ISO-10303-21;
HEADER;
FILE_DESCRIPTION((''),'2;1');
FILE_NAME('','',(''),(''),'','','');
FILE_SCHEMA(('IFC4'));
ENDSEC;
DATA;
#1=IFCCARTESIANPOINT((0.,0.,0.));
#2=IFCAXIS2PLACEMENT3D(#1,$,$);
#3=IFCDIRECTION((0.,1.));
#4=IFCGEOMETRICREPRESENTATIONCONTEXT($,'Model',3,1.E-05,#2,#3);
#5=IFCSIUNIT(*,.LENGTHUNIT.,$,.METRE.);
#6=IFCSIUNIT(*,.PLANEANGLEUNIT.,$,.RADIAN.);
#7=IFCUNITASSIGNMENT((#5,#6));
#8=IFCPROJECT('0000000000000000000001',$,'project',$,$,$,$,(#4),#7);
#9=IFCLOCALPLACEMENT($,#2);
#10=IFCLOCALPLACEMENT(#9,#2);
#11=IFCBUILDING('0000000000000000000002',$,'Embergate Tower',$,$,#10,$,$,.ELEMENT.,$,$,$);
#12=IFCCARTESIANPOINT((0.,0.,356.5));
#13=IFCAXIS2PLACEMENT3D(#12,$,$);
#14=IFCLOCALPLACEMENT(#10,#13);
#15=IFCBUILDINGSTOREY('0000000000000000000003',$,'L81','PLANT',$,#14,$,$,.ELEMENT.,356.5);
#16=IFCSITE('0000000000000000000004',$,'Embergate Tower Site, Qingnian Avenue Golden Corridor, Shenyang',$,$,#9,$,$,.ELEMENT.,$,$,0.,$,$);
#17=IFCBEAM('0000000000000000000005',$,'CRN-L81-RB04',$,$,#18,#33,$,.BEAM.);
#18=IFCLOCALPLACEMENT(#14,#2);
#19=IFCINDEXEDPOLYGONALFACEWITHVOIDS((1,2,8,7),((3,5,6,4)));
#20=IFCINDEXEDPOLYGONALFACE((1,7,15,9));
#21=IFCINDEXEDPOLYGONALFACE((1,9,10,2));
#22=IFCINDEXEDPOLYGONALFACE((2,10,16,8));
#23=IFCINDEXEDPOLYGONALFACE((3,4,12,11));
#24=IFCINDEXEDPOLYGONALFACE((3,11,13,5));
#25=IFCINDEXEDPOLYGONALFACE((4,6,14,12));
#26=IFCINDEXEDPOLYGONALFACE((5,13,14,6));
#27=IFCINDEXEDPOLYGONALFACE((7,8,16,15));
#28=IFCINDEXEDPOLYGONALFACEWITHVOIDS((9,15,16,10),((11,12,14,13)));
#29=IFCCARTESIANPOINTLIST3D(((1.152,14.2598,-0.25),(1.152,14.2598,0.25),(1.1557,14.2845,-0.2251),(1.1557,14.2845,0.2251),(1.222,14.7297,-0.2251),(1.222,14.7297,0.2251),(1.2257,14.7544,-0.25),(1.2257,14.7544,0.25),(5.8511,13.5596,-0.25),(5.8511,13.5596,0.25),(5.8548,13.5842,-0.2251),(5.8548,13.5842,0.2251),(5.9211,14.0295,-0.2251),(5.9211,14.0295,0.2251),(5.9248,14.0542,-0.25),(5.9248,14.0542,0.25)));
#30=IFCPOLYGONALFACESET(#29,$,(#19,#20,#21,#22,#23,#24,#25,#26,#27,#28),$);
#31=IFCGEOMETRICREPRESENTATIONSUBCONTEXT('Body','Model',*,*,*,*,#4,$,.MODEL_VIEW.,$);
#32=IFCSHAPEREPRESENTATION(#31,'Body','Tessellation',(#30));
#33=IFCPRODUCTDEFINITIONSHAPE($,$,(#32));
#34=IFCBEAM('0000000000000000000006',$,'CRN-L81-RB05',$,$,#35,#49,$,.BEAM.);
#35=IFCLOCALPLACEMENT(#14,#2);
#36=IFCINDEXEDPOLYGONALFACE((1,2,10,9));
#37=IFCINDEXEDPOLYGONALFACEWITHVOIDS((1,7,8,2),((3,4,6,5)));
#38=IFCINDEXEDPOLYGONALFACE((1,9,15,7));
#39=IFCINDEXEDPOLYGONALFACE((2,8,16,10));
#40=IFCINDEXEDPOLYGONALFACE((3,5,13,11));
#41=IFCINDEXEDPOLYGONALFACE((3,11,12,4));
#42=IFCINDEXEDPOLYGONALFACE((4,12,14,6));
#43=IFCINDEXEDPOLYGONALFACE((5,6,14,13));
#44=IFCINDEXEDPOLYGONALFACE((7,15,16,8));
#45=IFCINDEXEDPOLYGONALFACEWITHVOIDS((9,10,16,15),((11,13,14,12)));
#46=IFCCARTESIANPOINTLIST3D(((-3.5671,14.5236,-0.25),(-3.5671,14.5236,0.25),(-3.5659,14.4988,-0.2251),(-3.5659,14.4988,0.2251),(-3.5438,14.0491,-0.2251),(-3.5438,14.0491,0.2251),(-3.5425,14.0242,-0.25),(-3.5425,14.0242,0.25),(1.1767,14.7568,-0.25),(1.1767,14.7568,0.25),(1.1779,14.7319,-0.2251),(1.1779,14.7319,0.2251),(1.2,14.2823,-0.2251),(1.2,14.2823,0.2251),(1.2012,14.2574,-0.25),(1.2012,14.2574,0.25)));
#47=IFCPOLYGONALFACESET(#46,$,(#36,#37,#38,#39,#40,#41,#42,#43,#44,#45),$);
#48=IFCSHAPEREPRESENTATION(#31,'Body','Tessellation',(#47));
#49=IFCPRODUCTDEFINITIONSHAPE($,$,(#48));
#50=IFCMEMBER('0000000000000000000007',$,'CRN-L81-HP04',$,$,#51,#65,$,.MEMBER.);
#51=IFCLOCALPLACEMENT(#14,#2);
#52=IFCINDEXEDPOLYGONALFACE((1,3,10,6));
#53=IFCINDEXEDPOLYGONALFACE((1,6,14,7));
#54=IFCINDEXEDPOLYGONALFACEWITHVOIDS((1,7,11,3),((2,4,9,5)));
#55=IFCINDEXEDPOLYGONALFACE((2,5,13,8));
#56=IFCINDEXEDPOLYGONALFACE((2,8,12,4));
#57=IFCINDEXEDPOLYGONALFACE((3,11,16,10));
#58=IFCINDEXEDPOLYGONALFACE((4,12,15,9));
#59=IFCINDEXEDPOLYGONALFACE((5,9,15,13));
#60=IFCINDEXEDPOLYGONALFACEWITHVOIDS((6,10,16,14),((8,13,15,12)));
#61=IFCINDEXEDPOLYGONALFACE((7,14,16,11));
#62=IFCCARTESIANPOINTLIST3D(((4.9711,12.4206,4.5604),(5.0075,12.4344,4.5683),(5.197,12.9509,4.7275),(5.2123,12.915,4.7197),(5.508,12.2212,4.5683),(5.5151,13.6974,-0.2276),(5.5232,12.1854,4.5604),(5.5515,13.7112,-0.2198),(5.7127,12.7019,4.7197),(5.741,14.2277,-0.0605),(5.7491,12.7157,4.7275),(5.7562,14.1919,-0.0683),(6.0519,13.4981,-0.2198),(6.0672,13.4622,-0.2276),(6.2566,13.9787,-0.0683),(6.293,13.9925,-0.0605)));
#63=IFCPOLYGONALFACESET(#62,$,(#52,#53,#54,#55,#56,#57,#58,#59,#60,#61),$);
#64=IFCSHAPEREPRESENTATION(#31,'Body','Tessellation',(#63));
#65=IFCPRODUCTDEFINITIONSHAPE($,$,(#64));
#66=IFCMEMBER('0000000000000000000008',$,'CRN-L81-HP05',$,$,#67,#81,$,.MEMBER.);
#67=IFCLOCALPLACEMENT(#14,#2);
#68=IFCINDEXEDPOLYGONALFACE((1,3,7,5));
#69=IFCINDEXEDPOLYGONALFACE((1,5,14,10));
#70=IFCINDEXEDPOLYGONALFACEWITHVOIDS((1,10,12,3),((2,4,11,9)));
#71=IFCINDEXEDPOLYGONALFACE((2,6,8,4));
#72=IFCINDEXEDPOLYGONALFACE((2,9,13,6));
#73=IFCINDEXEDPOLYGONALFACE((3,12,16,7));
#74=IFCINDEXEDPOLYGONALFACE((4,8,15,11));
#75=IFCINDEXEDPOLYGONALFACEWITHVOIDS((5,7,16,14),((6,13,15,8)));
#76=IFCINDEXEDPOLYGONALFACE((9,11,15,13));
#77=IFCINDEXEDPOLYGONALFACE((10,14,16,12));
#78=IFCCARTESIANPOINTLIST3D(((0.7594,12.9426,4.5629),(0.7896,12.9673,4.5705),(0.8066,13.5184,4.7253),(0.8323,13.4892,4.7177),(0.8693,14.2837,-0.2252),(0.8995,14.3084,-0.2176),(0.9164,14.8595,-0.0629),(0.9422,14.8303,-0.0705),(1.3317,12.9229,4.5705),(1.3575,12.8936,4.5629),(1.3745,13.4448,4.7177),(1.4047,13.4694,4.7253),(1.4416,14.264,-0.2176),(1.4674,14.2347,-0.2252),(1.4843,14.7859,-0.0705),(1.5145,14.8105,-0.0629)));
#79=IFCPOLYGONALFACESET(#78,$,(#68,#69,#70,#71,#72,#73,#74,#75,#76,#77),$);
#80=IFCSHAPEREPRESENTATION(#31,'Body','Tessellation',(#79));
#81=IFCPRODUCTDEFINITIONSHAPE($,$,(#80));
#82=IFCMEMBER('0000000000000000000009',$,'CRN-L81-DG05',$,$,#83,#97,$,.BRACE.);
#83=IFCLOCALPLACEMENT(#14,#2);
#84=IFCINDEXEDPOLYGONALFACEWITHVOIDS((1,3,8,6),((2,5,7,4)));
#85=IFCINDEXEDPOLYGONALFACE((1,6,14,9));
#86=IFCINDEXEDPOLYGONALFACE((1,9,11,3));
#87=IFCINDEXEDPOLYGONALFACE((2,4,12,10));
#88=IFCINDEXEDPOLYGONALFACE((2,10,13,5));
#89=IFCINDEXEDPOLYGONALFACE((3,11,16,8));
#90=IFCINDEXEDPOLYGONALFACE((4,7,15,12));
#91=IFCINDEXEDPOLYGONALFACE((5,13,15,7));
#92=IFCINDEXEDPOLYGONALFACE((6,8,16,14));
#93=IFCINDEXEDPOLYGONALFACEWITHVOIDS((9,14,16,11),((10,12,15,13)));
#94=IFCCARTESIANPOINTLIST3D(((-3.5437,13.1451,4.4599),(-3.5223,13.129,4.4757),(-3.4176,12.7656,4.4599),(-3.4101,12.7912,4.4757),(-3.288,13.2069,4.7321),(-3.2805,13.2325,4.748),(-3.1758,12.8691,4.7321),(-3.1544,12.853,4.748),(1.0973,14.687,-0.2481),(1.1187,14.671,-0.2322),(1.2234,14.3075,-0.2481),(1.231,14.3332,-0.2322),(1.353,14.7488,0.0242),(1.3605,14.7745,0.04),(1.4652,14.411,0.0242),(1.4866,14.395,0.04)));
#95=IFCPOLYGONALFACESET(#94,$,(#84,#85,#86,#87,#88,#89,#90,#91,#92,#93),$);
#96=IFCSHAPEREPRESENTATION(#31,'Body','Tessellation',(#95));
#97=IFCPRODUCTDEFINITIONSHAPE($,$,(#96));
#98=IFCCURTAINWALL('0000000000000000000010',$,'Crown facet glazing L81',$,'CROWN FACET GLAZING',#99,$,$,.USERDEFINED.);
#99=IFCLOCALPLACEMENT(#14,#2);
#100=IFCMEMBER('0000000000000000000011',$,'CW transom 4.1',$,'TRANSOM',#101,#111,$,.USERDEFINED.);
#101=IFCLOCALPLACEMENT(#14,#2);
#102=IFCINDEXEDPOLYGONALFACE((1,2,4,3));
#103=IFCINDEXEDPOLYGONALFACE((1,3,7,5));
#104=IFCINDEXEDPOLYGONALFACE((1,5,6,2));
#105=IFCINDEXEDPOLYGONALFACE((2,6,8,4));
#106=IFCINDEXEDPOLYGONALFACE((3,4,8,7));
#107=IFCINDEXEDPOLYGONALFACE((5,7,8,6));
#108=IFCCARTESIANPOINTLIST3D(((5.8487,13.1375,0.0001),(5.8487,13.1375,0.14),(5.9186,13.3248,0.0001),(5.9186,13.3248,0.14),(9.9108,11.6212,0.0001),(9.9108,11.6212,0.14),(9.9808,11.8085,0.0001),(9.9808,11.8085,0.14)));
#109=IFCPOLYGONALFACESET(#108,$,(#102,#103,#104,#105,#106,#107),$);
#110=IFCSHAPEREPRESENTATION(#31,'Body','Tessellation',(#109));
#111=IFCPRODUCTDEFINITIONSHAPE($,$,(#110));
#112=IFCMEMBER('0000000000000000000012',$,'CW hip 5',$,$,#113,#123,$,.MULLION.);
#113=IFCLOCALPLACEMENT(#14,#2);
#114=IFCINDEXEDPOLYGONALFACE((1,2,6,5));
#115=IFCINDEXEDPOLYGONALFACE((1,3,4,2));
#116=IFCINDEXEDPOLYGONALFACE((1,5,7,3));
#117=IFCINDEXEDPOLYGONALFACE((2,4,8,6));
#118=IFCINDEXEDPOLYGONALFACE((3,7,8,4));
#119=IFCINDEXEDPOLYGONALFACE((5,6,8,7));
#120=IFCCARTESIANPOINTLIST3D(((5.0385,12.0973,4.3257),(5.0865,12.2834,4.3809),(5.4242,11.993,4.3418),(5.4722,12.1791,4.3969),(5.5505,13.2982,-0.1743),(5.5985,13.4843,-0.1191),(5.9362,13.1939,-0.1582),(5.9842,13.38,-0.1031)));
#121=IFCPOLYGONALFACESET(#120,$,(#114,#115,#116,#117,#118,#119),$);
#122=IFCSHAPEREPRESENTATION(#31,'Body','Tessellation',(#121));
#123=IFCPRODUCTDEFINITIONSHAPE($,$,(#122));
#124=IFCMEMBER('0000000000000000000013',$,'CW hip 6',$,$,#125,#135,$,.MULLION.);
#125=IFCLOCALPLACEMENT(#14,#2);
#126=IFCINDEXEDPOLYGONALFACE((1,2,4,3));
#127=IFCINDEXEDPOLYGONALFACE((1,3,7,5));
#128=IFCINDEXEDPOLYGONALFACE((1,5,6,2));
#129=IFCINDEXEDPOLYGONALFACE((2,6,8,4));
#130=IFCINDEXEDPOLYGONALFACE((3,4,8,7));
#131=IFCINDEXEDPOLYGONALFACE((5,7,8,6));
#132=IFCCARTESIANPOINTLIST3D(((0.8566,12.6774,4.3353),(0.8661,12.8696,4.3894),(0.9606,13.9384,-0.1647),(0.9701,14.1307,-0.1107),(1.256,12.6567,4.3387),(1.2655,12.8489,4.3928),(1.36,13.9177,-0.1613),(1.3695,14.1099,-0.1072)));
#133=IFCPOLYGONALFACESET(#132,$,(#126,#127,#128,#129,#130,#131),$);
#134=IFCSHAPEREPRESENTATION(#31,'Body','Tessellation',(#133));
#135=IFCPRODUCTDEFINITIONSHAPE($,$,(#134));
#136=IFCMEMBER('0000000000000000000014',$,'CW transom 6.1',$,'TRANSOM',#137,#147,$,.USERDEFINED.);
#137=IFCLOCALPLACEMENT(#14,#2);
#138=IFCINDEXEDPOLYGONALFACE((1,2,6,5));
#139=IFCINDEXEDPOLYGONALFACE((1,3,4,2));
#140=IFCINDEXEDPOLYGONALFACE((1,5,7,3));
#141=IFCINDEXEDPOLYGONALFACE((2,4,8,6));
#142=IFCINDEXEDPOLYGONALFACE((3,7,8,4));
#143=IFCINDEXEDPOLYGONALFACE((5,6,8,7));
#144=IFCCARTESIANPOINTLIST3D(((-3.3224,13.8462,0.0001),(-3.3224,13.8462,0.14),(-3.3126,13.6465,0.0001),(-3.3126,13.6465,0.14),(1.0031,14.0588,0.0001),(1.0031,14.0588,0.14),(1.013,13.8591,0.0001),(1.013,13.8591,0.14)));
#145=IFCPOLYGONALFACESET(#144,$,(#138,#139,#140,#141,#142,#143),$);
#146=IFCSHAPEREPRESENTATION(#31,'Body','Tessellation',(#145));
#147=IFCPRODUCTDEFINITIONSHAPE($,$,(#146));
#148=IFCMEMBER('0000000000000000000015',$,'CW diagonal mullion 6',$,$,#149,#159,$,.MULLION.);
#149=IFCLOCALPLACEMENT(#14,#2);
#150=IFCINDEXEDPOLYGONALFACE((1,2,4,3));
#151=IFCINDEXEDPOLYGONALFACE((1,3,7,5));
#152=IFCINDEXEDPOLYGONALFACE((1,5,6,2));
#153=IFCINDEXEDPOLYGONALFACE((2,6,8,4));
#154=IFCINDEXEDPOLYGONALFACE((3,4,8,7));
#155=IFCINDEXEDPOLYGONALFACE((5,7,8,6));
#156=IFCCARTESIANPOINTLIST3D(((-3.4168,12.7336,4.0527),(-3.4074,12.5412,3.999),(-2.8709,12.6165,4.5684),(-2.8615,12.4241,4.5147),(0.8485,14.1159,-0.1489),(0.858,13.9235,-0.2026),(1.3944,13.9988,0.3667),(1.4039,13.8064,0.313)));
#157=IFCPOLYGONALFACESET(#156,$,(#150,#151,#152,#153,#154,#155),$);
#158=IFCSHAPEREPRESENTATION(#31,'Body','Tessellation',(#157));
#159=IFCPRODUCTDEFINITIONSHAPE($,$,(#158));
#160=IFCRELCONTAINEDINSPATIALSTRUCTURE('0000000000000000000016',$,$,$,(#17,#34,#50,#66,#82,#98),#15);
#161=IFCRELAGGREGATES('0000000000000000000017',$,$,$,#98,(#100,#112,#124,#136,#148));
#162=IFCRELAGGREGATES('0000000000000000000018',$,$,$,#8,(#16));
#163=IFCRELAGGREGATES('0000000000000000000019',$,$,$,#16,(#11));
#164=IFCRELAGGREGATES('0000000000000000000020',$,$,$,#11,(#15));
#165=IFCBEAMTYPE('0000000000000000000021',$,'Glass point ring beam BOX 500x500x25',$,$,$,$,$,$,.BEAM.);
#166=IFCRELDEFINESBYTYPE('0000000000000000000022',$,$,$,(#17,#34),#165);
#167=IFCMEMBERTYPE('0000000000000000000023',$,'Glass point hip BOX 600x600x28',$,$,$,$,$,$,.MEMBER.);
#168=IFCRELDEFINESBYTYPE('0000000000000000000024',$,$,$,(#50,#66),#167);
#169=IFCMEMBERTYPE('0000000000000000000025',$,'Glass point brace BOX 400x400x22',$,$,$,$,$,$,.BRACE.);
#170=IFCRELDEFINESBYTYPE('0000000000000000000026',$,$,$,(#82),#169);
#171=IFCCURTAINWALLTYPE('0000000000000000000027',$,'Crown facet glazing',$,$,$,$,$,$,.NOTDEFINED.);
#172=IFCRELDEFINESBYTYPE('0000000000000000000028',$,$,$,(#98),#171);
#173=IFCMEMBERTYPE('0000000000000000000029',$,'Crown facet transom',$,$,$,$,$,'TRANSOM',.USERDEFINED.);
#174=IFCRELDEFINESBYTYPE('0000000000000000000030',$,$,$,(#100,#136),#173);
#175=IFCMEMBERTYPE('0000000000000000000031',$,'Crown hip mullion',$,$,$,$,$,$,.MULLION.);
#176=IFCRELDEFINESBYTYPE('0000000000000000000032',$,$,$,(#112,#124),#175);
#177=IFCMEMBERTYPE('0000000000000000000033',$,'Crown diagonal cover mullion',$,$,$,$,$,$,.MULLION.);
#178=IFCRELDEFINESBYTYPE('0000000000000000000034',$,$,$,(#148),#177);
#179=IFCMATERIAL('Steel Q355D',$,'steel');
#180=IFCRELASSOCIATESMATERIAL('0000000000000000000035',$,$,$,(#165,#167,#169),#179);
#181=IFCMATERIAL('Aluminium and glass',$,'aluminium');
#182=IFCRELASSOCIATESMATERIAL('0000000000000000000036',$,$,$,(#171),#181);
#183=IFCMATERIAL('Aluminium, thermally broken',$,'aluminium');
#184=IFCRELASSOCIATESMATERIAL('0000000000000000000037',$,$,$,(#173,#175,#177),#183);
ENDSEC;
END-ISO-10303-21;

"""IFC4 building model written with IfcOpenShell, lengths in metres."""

from ifc_helpers import new_model, si_unit, direction, frame, origin, origin_2d, place, context, subcontext, project, spatial, rectangle, hollow_rectangle, extrude, source, transform, mapped, material, material_profile, profile_set, type_object, element, aggregate, save


model = new_model("IFC4")

# Units and contexts
model_context = context("Model", 3, precision=1e-05, world=origin(), true_north=direction((0.0, 1.0)))
body_context = subcontext(model_context, "Body", "Model", "MODEL_VIEW")
ifc_project = project(units=[si_unit("LENGTHUNIT", "METRE"), si_unit("PLANEANGLEUNIT", "RADIAN")], contexts=[model_context])

# Site, building, storey
site_placement = place(None, origin())
site = spatial("IfcSite", under=ifc_project, at=site_placement, Name="Embergate Tower Site, Qingnian Avenue Golden Corridor, Shenyang", CompositionType="ELEMENT", RefElevation=0.0)
building_placement = place(site_placement, origin())
building = spatial("IfcBuilding", under=site, at=building_placement, Name="Embergate Tower", CompositionType="ELEMENT")
storey_placement = place(building_placement, frame((0.0, 0.0, 356.5)))
storey = spatial("IfcBuildingStorey", under=building, at=storey_placement, Name="L81", Description="PLANT", CompositionType="ELEMENT", Elevation=356.5)

# Beams
ifc_material_1 = material(Name="Steel Q355D", Category="steel")
ifc_material_profile_1 = material_profile(ifc_material_1, hollow_rectangle(XDim=0.5, YDim=0.5, WallThickness=0.0249, at=origin_2d()), Name="BOX 500x500x25")
ifc_profile_set_1 = profile_set([ifc_material_profile_1], Name="Steel Q355 grade D")
beam_type = type_object("IfcBeamType", Name="Glass point ring beam BOX 500x500x25", PredefinedType="BEAM", material=ifc_profile_set_1)
shared_shape_1 = source(origin(), body_context, "Body", "SweptSolid", [
    extrude(hollow_rectangle(XDim=0.5, YDim=0.5, WallThickness=0.0249, at=origin_2d()), origin(), (0.0, 0.0, 1.0), 4.751),
])
beam_1_placement = place(storey_placement, frame((5.8879, 13.8069, 0.0), z_axis=(-0.98908, 0.147383, 0.0), x_axis=(-0.147383, -0.98908, 0.0)))
element("IfcBeam", 1, at=beam_1_placement, inside=storey, type_object=beam_type, Name="CRN-L81-RB04", PredefinedType="BEAM", context=body_context, shape_type="MappedRepresentation", body=[
    mapped(shared_shape_1, transform((0.0, 0.0, 0.0))),
])
shared_shape_2 = source(origin(), body_context, "Body", "SweptSolid", [
    extrude(hollow_rectangle(XDim=0.5, YDim=0.5, WallThickness=0.0249, at=origin_2d()), origin(), (0.0, 0.0, 1.0), 4.7495),
])
beam_2_placement = place(storey_placement, frame((1.189, 14.5071, 0.0), z_axis=(-0.998794, -0.049089, 0.0), x_axis=(0.049089, -0.998794, 0.0)))
element("IfcBeam", 2, at=beam_2_placement, inside=storey, type_object=beam_type, Name="CRN-L81-RB05", PredefinedType="BEAM", context=body_context, shape_type="MappedRepresentation", body=[
    mapped(shared_shape_2, transform((0.0, 0.0, 0.0))),
])

# Members
ifc_material_profile_2 = material_profile(ifc_material_1, hollow_rectangle(XDim=0.6001, YDim=0.6001, WallThickness=0.0281, at=origin_2d()), Name="BOX 600x600x28")
ifc_profile_set_2 = profile_set([ifc_material_profile_2], Name="Steel Q355 grade D")
member_type_1 = type_object("IfcMemberType", Name="Glass point hip BOX 600x600x28", PredefinedType="MEMBER", material=ifc_profile_set_2)
shared_shape_3 = source(origin(), body_context, "Body", "SweptSolid", [
    extrude(hollow_rectangle(XDim=0.6001, YDim=0.6001, WallThickness=0.0281, at=origin_2d()), origin(), (0.0, 0.0, 1.0), 4.9851),
])
member_1_placement = place(storey_placement, frame((5.9041, 13.845, -0.144), z_axis=(-0.109113, -0.25613, 0.960464), x_axis=(0.919998, -0.391923, 0.0)))
element("IfcMember", 3, at=member_1_placement, inside=storey, type_object=member_type_1, Name="CRN-L81-HP04", PredefinedType="MEMBER", context=body_context, shape_type="MappedRepresentation", body=[
    mapped(shared_shape_3, transform((0.0, 0.0, 0.0))),
])
shared_shape_4 = source(origin(), body_context, "Body", "SweptSolid", [
    extrude(hollow_rectangle(XDim=0.6001, YDim=0.6001, WallThickness=0.0281, at=origin_2d()), origin(), (0.0, 0.0, 1.0), 4.9736),
])
member_2_placement = place(storey_placement, frame((1.1919, 14.5471, -0.144), z_axis=(-0.022089, -0.269639, 0.962708), x_axis=(0.996661, -0.081649, 0.0)))
element("IfcMember", 4, at=member_2_placement, inside=storey, type_object=member_type_1, Name="CRN-L81-HP05", PredefinedType="MEMBER", context=body_context, shape_type="MappedRepresentation", body=[
    mapped(shared_shape_4, transform((0.0, 0.0, 0.0))),
])
ifc_material_profile_3 = material_profile(ifc_material_1, hollow_rectangle(XDim=0.3999, YDim=0.3999, WallThickness=0.022, at=origin_2d()), Name="BOX 400x400x22")
ifc_profile_set_3 = profile_set([ifc_material_profile_3], Name="Steel Q355 grade D")
member_type_2 = type_object("IfcMemberType", Name="Glass point brace BOX 400x400x22", PredefinedType="BRACE", material=ifc_profile_set_3)
shared_shape_5 = source(origin(), body_context, "Body", "SweptSolid", [
    extrude(hollow_rectangle(XDim=0.3999, YDim=0.3999, WallThickness=0.022, at=origin_2d()), origin(), (0.0, 0.0, 1.0), 6.7883),
])
member_3_placement = place(storey_placement, frame((1.292, 14.541, -0.104), z_axis=(-0.683678, -0.227149, 0.693532), x_axis=(0.315299, -0.948992, 0.0)))
element("IfcMember", 5, at=member_3_placement, inside=storey, type_object=member_type_2, Name="CRN-L81-DG05", PredefinedType="BRACE", context=body_context, shape_type="MappedRepresentation", body=[
    mapped(shared_shape_5, transform((0.0, 0.0, 0.0))),
])

# Curtain wall, members
ifc_material_2 = material(Name="Aluminium and glass", Category="aluminium")
curtain_wall_type = type_object("IfcCurtainWallType", Name="Crown facet glazing", PredefinedType="NOTDEFINED", material=ifc_material_2)
curtain_wall_placement = place(storey_placement, origin())
curtain_wall = element("IfcCurtainWall", 6, at=curtain_wall_placement, inside=storey, type_object=curtain_wall_type, Name="Crown facet glazing L81", ObjectType="CROWN FACET GLAZING", PredefinedType="USERDEFINED")
ifc_material_3 = material(Name="Aluminium, thermally broken", Category="aluminium")
ifc_material_profile_4 = material_profile(ifc_material_3, rectangle(XDim=0.2, YDim=0.1399, at=origin_2d()), Name="AL 140x200")
ifc_profile_set_4 = profile_set([ifc_material_profile_4], Name="Aluminium, thermally broken")
member_type_3 = type_object("IfcMemberType", Name="Crown facet transom", ElementType="TRANSOM", PredefinedType="USERDEFINED", material=ifc_profile_set_4)
shared_shape_6 = source(origin(), body_context, "Body", "SweptSolid", [
    extrude(rectangle(XDim=0.2, YDim=0.1399, at=origin_2d()), origin(), (0.0, 0.0, 1.0), 4.3359),
])
member_4_placement = place(storey_placement, frame((9.9458, 11.7148, 0.0701), z_axis=(-0.936858, 0.34971, 0.0), x_axis=(-0.34971, -0.936858, 0.0)))
member_4 = element("IfcMember", 7, at=member_4_placement, type_object=member_type_3, Name="CW transom 4.1", ObjectType="TRANSOM", PredefinedType="USERDEFINED", context=body_context, shape_type="MappedRepresentation", body=[
    mapped(shared_shape_6, transform((0.0, 0.0, 0.0))),
])
ifc_material_profile_5 = material_profile(ifc_material_3, rectangle(XDim=0.2, YDim=0.3999, at=origin_2d()), Name="AL 400x200")
ifc_profile_set_5 = profile_set([ifc_material_profile_5], Name="Aluminium, thermally broken")
member_type_4 = type_object("IfcMemberType", Name="Crown hip mullion", PredefinedType="MULLION", material=ifc_profile_set_5)
shared_shape_7 = source(origin(), body_context, "Body", "SweptSolid", [
    extrude(rectangle(XDim=0.2, YDim=0.3999, at=origin_2d()), origin(), (0.0, 0.0, 1.0), 4.6855),
])
member_5_placement = place(storey_placement, frame((5.7673, 13.3391, -0.1387), z_axis=(-0.109264, -0.256305, 0.960401), x_axis=(0.240091, 0.930773, 0.275713)))
member_5 = element("IfcMember", 8, at=member_5_placement, type_object=member_type_4, Name="CW hip 5", PredefinedType="MULLION", context=body_context, shape_type="MappedRepresentation", body=[
    mapped(shared_shape_7, transform((0.0, 0.0, 0.0))),
])
shared_shape_8 = source(origin(), body_context, "Body", "SweptSolid", [
    extrude(rectangle(XDim=0.2, YDim=0.3999, at=origin_2d()), origin(), (0.0, 0.0, 1.0), 4.6746),
])
member_6_placement = place(storey_placement, frame((1.165, 14.0242, -0.136), z_axis=(-0.022249, -0.269759, 0.962671), x_axis=(0.047521, 0.961535, 0.270539)))
member_6 = element("IfcMember", 9, at=member_6_placement, type_object=member_type_4, Name="CW hip 6", PredefinedType="MULLION", context=body_context, shape_type="MappedRepresentation", body=[
    mapped(shared_shape_8, transform((0.0, 0.0, 0.0))),
])
shared_shape_9 = source(origin(), body_context, "Body", "SweptSolid", [
    extrude(rectangle(XDim=0.2, YDim=0.1399, at=origin_2d()), origin(), (0.0, 0.0, 1.0), 4.3308),
])
member_7_placement = place(storey_placement, frame((1.0081, 13.959, 0.0701), z_axis=(-0.998794, -0.0491, 0.0), x_axis=(0.0491, -0.998794, 0.0)))
member_7 = element("IfcMember", 10, at=member_7_placement, type_object=member_type_3, Name="CW transom 6.1", ObjectType="TRANSOM", PredefinedType="USERDEFINED", context=body_context, shape_type="MappedRepresentation", body=[
    mapped(shared_shape_9, transform((0.0, 0.0, 0.0))),
])
ifc_material_profile_6 = material_profile(ifc_material_3, rectangle(XDim=0.2, YDim=0.76, at=origin_2d()), Name="AL 760x200")
ifc_profile_set_6 = profile_set([ifc_material_profile_6], Name="Aluminium, thermally broken")
member_type_5 = type_object("IfcMemberType", Name="Crown diagonal cover mullion", PredefinedType="MULLION", material=ifc_profile_set_6)
shared_shape_10 = source(origin(), body_context, "Body", "SweptSolid", [
    extrude(rectangle(XDim=0.2, YDim=0.76, at=origin_2d()), origin(), (0.0, 0.0, 1.0), 6.1448),
])
member_8_placement = place(storey_placement, frame((1.1262, 13.9612, 0.082), z_axis=(-0.694148, -0.224959, 0.683778), x_axis=(-0.047267, 0.962107, 0.268545)))
member_8 = element("IfcMember", 11, at=member_8_placement, type_object=member_type_5, Name="CW diagonal mullion 6", PredefinedType="MULLION", context=body_context, shape_type="MappedRepresentation", body=[
    mapped(shared_shape_10, transform((0.0, 0.0, 0.0))),
])
aggregate(curtain_wall, [member_4, member_5, member_6, member_7, member_8])

save(model, "model.ifc")
